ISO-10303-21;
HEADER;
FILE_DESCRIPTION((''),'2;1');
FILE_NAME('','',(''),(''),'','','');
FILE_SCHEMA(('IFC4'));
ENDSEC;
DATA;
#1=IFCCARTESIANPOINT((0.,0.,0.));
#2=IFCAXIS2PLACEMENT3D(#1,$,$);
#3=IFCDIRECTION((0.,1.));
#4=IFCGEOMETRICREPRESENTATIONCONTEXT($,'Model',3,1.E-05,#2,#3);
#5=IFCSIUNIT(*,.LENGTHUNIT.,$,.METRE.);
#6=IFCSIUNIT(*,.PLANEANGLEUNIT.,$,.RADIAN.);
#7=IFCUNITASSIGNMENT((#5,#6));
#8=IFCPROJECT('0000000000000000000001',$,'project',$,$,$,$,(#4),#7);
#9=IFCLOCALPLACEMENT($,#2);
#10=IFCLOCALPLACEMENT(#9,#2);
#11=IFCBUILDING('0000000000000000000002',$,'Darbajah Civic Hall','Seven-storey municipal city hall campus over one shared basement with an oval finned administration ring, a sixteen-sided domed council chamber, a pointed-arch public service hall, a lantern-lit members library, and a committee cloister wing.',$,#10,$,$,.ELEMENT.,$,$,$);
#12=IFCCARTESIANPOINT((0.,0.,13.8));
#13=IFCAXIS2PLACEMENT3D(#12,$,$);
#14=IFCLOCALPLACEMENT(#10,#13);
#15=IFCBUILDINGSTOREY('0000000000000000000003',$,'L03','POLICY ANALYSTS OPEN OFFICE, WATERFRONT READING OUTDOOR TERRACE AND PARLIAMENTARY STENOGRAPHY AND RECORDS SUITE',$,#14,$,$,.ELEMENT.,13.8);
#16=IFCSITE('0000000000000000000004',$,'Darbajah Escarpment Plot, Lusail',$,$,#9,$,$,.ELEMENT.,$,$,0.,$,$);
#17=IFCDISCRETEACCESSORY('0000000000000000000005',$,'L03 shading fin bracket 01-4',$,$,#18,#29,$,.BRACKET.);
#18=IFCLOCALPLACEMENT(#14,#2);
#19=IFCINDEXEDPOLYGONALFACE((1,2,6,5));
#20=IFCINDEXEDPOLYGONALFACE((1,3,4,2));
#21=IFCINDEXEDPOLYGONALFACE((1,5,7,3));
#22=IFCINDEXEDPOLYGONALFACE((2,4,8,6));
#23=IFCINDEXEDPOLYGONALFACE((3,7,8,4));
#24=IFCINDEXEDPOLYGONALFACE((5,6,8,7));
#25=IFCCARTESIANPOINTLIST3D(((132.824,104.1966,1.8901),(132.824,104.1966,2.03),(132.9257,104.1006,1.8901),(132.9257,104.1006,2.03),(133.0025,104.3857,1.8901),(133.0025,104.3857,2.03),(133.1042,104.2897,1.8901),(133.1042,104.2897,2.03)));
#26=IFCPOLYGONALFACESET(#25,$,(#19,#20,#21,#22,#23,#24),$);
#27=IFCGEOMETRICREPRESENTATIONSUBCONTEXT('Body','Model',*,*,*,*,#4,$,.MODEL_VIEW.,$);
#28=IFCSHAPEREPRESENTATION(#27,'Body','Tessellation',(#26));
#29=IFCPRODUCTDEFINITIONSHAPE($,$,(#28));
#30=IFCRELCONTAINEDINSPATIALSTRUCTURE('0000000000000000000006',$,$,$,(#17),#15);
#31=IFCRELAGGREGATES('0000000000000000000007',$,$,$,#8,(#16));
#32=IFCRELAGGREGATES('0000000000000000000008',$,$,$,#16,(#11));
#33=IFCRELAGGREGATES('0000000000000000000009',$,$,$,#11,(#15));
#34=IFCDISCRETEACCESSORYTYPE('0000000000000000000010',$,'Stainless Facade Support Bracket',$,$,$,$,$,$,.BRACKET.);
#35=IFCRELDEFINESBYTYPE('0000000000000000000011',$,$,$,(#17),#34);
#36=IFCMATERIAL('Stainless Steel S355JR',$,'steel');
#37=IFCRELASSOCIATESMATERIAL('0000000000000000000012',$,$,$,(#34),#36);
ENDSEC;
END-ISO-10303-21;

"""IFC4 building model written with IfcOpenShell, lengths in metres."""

from ifc_helpers import new_model, si_unit, direction, frame, origin, origin_2d, place, context, subcontext, project, spatial, rectangle, extrude, material, type_object, element, save


model = new_model("IFC4")

# Units and contexts
model_context = context("Model", 3, precision=1e-05, world=origin(), true_north=direction((0.0, 1.0)))
body_context = subcontext(model_context, "Body", "Model", "MODEL_VIEW")
ifc_project = project(units=[si_unit("LENGTHUNIT", "METRE"), si_unit("PLANEANGLEUNIT", "RADIAN")], contexts=[model_context])

# Site, building, storey
site_placement = place(None, origin())
site = spatial("IfcSite", under=ifc_project, at=site_placement, Name="Darbajah Escarpment Plot, Lusail", CompositionType="ELEMENT", RefElevation=0.0)
building_placement = place(site_placement, origin())
building = spatial("IfcBuilding", under=site, at=building_placement, Name="Darbajah Civic Hall", Description="Seven-storey municipal city hall campus over one shared basement with an oval finned administration ring, a sixteen-sided domed council chamber, a pointed-arch public service hall, a lantern-lit members library, and a committee cloister wing.", CompositionType="ELEMENT")
storey_placement = place(building_placement, frame((0.0, 0.0, 13.8)))
storey = spatial("IfcBuildingStorey", under=building, at=storey_placement, Name="L03", Description="POLICY ANALYSTS OPEN OFFICE, WATERFRONT READING OUTDOOR TERRACE AND PARLIAMENTARY STENOGRAPHY AND RECORDS SUITE", CompositionType="ELEMENT", Elevation=13.8)

# Discrete accessory
ifc_material_1 = material(Name="Stainless Steel S355JR", Category="steel")
discrete_accessory_type = type_object("IfcDiscreteAccessoryType", Name="Stainless Facade Support Bracket", PredefinedType="BRACKET", material=ifc_material_1)
for number, where, z_axis, x_axis, name in (
    (1, (132.9641, 104.2432, 1.8901), (0.0, 0.0, 1.0), (0.686453, 0.727174, 0.0), "L03 shading fin bracket 01-4"),
):
    element("IfcDiscreteAccessory", number, at=place(storey_placement, frame(where, z_axis=z_axis, x_axis=x_axis)), inside=storey, type_object=discrete_accessory_type, Name=name, PredefinedType="BRACKET", context=body_context, shape_type="SweptSolid", body=[
        extrude(rectangle(XDim=0.26, YDim=0.1399, at=origin_2d()), origin(), (0.0, 0.0, 1.0), 0.1399),
    ])

save(model, "model.ifc")
